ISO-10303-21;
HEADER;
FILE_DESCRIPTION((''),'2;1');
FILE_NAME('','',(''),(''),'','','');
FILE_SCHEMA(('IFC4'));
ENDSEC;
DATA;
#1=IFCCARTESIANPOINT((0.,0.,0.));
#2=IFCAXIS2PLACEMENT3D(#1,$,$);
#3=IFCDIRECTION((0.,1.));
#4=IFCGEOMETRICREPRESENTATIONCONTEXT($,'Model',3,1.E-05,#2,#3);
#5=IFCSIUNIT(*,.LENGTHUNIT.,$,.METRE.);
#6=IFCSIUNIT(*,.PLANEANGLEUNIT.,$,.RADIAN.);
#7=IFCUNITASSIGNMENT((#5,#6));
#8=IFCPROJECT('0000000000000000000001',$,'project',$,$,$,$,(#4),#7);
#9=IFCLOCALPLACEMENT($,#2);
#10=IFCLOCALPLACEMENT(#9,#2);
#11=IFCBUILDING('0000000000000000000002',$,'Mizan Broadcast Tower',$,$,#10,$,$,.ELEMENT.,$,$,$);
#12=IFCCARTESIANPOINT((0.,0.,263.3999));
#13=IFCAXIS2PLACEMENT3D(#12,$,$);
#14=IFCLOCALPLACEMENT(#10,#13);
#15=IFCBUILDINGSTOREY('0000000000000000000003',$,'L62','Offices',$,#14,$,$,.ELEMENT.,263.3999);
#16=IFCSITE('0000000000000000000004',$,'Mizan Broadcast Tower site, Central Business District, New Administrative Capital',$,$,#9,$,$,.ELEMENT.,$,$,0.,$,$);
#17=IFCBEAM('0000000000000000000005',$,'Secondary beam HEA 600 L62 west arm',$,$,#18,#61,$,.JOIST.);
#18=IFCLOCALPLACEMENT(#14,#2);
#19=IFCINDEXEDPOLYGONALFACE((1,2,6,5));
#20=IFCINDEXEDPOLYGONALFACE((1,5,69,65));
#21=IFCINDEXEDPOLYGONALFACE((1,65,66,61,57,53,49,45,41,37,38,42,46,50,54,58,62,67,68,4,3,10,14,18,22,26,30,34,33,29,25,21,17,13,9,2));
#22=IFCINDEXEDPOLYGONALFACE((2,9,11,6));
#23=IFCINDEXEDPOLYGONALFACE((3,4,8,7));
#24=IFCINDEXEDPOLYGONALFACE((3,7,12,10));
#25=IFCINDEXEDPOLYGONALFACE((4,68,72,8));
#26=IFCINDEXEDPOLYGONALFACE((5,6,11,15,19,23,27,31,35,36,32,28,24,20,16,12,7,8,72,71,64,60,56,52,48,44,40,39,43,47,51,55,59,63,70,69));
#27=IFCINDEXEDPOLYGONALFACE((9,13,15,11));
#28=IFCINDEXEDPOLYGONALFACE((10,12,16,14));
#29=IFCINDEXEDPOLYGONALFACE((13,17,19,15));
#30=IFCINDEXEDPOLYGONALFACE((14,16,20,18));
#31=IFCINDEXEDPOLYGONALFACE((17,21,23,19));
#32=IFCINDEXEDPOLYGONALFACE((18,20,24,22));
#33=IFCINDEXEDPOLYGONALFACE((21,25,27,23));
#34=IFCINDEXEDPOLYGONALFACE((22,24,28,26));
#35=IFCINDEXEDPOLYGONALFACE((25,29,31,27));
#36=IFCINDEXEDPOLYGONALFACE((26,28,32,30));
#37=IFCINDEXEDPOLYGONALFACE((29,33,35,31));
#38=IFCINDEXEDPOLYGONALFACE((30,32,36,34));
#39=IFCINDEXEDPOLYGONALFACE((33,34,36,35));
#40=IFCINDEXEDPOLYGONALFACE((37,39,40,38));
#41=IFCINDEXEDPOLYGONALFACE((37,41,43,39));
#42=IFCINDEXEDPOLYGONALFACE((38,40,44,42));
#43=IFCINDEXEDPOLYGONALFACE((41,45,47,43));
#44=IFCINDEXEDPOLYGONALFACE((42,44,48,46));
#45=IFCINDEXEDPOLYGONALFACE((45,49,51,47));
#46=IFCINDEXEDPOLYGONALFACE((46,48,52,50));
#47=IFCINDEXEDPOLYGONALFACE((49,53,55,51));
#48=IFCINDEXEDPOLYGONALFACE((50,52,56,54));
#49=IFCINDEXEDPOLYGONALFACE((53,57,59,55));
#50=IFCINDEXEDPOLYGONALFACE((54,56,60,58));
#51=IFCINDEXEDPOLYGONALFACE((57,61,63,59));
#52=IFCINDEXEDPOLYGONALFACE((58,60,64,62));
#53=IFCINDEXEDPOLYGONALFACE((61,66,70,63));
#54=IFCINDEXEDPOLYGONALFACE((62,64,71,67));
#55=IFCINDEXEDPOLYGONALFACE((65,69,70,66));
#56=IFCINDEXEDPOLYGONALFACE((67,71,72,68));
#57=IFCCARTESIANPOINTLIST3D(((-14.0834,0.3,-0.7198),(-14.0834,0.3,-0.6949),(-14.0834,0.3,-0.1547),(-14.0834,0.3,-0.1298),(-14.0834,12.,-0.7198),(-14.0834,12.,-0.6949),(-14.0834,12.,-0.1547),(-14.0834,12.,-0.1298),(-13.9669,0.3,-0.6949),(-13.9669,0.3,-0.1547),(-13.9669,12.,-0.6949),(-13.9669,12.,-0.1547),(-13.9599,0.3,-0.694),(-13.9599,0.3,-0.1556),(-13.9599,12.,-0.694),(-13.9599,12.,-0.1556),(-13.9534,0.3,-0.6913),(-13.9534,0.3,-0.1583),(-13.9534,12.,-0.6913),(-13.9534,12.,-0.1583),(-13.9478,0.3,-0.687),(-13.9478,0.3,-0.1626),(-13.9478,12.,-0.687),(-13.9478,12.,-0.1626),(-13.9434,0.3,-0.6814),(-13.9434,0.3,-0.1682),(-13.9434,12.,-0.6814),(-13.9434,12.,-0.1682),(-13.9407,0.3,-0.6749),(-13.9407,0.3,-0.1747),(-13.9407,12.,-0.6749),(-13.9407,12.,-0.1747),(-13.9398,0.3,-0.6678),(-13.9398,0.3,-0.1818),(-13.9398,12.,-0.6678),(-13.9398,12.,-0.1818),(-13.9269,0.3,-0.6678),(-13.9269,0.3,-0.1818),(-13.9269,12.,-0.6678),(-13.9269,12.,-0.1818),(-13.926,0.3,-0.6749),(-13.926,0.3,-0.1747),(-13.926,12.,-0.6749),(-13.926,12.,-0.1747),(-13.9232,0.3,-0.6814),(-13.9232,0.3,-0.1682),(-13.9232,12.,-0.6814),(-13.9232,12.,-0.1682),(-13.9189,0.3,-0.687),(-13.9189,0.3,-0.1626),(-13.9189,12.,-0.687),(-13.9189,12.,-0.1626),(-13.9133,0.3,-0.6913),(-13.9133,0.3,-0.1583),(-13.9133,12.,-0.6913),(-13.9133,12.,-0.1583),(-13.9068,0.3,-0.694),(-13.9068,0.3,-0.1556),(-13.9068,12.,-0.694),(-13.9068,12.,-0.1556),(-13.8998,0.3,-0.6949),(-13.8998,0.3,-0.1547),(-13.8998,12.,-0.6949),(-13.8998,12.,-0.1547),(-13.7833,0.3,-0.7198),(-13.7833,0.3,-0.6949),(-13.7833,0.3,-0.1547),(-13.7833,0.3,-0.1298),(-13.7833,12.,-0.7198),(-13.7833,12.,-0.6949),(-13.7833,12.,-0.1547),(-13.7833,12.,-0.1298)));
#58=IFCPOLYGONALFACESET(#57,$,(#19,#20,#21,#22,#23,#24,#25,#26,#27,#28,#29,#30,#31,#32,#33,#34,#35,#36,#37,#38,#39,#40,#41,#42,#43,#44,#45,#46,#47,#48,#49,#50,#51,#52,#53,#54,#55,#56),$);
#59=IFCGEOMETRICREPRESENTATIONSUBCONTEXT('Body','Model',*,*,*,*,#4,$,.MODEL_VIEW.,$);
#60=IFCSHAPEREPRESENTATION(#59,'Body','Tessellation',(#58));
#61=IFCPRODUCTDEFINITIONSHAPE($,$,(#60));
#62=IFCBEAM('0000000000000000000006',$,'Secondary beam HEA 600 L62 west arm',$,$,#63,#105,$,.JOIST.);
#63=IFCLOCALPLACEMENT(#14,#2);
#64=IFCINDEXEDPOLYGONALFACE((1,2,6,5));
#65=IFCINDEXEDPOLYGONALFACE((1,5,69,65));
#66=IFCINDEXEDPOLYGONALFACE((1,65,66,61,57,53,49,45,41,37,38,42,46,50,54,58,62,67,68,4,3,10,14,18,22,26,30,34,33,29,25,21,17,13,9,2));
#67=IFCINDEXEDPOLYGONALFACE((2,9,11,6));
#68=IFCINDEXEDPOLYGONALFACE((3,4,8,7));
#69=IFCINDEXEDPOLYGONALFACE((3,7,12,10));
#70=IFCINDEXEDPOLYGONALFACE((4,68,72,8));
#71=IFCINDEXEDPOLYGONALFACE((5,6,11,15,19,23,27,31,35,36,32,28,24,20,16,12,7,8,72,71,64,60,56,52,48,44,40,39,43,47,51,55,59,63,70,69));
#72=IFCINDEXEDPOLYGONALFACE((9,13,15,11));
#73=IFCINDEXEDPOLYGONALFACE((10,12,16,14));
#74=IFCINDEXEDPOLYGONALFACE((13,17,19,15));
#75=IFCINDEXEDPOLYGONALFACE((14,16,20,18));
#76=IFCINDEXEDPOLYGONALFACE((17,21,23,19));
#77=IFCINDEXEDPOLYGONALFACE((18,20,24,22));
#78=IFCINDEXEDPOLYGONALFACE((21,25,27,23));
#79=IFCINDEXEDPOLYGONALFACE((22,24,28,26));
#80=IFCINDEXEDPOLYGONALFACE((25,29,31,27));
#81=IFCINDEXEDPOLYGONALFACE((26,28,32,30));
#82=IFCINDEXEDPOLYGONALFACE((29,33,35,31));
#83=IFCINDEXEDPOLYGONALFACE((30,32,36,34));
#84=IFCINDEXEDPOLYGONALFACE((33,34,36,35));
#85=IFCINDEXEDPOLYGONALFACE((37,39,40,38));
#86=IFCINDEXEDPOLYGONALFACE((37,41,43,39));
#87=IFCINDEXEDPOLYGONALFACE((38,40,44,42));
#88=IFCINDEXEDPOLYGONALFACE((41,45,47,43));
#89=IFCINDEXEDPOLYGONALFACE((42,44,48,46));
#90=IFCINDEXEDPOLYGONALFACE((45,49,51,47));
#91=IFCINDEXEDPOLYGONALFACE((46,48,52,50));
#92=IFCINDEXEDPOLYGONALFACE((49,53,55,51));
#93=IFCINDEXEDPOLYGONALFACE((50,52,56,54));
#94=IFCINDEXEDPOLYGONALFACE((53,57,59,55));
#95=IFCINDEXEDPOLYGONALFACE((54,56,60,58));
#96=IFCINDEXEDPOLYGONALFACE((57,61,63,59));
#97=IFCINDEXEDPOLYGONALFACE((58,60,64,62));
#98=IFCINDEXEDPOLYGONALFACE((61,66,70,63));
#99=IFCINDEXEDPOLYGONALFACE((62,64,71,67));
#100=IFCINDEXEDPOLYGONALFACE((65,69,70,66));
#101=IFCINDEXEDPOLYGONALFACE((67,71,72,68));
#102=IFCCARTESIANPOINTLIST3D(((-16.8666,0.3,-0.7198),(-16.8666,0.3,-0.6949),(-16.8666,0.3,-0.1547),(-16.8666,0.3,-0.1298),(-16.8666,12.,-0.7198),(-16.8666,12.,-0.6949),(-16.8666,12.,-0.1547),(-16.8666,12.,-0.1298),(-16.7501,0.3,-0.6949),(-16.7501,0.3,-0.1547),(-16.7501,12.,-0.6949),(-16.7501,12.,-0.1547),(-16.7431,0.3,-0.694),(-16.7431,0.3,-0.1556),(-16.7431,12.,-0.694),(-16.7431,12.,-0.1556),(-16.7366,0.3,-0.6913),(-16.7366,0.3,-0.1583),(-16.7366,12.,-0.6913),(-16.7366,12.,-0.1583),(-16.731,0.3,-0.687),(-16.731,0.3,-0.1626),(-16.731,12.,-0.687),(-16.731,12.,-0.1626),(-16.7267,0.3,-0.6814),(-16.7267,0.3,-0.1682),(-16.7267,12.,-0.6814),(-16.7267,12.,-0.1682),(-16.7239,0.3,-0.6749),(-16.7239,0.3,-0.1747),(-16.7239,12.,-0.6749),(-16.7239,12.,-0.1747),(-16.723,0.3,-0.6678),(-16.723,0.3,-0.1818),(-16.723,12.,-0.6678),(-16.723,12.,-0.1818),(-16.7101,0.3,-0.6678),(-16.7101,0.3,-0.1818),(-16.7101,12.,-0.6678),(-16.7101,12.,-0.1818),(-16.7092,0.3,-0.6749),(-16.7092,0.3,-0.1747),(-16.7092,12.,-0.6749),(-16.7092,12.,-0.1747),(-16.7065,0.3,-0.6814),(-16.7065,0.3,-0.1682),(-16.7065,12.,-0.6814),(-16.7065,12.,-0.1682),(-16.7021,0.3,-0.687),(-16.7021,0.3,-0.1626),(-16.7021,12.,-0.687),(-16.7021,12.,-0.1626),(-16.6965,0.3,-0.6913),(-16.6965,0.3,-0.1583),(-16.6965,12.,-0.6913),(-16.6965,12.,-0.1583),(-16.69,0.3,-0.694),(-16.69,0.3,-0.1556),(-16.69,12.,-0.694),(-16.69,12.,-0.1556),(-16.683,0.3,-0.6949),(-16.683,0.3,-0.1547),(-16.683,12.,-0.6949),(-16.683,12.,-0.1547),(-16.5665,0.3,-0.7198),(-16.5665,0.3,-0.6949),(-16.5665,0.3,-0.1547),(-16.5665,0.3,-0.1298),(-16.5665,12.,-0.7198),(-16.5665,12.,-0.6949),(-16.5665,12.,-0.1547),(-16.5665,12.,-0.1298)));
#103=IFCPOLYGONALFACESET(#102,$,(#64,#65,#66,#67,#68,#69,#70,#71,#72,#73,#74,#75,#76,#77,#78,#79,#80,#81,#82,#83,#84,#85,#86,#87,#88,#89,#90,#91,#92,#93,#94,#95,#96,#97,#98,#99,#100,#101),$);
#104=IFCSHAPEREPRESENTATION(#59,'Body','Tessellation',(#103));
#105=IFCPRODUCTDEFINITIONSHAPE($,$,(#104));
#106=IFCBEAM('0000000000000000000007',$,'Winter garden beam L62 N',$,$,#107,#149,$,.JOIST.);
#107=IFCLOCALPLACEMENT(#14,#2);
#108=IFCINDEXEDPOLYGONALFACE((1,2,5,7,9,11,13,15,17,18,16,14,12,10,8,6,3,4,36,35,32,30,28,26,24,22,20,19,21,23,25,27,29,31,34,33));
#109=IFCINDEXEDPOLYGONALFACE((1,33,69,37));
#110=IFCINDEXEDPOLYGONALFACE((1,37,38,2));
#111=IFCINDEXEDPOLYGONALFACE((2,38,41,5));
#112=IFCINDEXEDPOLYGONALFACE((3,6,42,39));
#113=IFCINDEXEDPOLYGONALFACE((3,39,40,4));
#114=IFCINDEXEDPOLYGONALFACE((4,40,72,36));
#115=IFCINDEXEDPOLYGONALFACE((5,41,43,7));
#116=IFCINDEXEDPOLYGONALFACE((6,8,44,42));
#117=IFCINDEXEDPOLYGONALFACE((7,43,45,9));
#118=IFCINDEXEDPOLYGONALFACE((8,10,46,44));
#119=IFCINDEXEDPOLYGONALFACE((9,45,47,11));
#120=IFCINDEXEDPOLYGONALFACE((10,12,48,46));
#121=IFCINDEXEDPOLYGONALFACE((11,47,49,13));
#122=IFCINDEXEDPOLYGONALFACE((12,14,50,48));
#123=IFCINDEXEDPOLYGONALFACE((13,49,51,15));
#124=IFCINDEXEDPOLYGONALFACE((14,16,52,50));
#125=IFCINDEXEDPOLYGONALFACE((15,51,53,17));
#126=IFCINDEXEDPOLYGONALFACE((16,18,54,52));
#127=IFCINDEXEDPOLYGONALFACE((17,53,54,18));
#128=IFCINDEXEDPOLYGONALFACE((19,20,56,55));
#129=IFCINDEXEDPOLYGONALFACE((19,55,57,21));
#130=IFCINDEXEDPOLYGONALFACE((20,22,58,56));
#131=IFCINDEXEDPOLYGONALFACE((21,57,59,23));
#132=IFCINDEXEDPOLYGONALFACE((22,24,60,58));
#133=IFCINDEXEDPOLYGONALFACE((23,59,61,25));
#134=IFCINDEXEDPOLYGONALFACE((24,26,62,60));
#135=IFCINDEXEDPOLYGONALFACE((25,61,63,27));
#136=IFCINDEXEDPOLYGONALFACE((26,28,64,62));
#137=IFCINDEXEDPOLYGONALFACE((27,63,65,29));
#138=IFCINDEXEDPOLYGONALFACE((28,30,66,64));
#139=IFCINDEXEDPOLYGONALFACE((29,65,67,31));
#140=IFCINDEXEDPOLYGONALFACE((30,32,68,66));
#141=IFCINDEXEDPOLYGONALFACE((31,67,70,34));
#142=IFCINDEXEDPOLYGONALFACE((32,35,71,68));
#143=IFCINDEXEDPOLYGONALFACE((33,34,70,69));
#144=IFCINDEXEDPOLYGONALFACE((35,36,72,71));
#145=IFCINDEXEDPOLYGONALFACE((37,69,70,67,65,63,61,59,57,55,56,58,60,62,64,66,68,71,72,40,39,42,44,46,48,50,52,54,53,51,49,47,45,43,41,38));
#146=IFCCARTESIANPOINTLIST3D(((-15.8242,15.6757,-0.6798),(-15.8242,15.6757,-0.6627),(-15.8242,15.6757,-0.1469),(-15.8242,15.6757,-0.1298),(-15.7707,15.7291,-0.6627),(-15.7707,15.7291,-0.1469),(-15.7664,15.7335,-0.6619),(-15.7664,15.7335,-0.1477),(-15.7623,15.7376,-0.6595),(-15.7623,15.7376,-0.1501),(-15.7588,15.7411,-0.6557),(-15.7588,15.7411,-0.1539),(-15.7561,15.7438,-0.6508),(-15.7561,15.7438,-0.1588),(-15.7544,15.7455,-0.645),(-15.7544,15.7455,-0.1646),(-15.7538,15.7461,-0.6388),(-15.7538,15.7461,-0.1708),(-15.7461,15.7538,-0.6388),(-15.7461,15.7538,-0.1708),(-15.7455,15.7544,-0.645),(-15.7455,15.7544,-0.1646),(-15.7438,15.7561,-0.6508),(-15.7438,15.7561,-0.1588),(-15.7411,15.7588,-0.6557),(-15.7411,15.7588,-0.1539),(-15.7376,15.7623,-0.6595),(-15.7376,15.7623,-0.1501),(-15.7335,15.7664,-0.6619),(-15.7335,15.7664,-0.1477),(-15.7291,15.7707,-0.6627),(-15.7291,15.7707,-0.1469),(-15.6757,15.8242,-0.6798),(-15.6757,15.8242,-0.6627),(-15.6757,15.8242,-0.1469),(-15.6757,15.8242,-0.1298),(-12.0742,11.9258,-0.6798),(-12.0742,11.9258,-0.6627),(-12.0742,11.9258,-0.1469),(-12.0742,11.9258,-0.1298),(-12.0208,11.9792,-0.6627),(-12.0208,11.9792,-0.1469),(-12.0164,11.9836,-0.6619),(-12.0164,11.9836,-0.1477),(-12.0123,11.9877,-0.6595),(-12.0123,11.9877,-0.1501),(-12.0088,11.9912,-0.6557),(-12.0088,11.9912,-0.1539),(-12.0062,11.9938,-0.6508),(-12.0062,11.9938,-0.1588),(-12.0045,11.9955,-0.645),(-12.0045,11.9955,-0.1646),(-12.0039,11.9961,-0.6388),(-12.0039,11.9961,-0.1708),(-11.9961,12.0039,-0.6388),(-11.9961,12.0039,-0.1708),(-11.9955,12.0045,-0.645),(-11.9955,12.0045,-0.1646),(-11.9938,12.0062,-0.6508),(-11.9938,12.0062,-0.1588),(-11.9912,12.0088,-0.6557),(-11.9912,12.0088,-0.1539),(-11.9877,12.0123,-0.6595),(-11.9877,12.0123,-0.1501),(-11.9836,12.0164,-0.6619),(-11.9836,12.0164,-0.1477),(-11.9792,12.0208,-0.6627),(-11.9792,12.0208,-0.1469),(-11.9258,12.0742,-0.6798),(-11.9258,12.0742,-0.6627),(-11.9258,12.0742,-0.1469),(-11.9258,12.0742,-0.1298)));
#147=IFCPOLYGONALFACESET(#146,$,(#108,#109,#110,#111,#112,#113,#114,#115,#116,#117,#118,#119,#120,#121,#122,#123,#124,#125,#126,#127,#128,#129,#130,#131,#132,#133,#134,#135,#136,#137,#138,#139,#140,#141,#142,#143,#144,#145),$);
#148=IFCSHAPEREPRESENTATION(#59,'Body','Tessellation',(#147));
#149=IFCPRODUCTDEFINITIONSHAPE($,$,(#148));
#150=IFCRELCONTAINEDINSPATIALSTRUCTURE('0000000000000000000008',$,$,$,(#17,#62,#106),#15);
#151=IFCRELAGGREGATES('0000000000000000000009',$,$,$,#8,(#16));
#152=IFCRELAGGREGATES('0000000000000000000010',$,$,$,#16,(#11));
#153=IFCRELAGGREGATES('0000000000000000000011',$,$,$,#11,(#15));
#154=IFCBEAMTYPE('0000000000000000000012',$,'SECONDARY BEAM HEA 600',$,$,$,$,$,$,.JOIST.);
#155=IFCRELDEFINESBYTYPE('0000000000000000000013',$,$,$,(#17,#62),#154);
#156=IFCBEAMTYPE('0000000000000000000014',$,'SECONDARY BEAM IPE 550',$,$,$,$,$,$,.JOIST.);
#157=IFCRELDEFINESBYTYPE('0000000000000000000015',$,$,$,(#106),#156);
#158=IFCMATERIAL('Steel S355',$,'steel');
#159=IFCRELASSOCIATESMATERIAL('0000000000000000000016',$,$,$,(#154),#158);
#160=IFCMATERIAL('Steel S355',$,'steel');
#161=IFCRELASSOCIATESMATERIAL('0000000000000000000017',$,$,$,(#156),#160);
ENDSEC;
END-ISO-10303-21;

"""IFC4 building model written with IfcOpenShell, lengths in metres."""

from ifc_helpers import new_model, si_unit, direction, frame, origin, origin_2d, place, context, subcontext, project, spatial, i_section, extrude, material, material_profile, profile_set, type_object, element, save


model = new_model("IFC4")

# Units and contexts
model_context = context("Model", 3, precision=1e-05, world=origin(), true_north=direction((0.0, 1.0)))
body_context = subcontext(model_context, "Body", "Model", "MODEL_VIEW")
ifc_project = project(units=[si_unit("LENGTHUNIT", "METRE"), si_unit("PLANEANGLEUNIT", "RADIAN")], contexts=[model_context])

# Site, building, storey
site_placement = place(None, origin())
site = spatial("IfcSite", under=ifc_project, at=site_placement, Name="Mizan Broadcast Tower site, Central Business District, New Administrative Capital", CompositionType="ELEMENT", RefElevation=0.0)
building_placement = place(site_placement, origin())
building = spatial("IfcBuilding", under=site, at=building_placement, Name="Mizan Broadcast Tower", CompositionType="ELEMENT")
storey_placement = place(building_placement, frame((0.0, 0.0, 263.3999)))
storey = spatial("IfcBuildingStorey", under=building, at=storey_placement, Name="L62", Description="Offices", CompositionType="ELEMENT", Elevation=263.3999)

# Beams
ifc_material_1 = material(Name="Steel S355", Category="steel")
ifc_material_profile_1 = material_profile(ifc_material_1, i_section(OverallWidth=0.3, OverallDepth=0.5901, WebThickness=0.0129, FlangeThickness=0.0249, FilletRadius=0.0271, at=origin_2d()), Name="HEA 600")
ifc_profile_set_1 = profile_set([ifc_material_profile_1], Name="Steel S355")
beam_type_1 = type_object("IfcBeamType", Name="SECONDARY BEAM HEA 600", PredefinedType="JOIST", material=ifc_profile_set_1)
for number, where, z_axis, x_axis, name in (
    (1, (-13.9333, 12.0, -0.4248), (0.0, -1.0, 0.0), (1.0, 0.0, 0.0), "Secondary beam HEA 600 L62 west arm"),
    (2, (-16.7166, 12.0, -0.4248), (0.0, -1.0, 0.0), (1.0, 0.0, 0.0), "Secondary beam HEA 600 L62 west arm"),
):
    element("IfcBeam", number, at=place(storey_placement, frame(where, z_axis=z_axis, x_axis=x_axis)), inside=storey, type_object=beam_type_1, Name=name, PredefinedType="JOIST", context=body_context, shape_type="SweptSolid", body=[
        extrude(i_section(OverallWidth=0.3, OverallDepth=0.5901, WebThickness=0.0129, FlangeThickness=0.0249, FilletRadius=0.0271, at=origin_2d()), origin(), (0.0, 0.0, 1.0), 11.7),
    ])
ifc_material_2 = material(Name="Steel S355", Category="steel")
ifc_material_profile_2 = material_profile(ifc_material_2, i_section(OverallWidth=0.21, OverallDepth=0.55, WebThickness=0.011, FlangeThickness=0.0171, FilletRadius=0.0239, at=origin_2d()), Name="IPE 550")
ifc_profile_set_2 = profile_set([ifc_material_profile_2], Name="Steel S355")
beam_type_2 = type_object("IfcBeamType", Name="SECONDARY BEAM IPE 550", PredefinedType="JOIST", material=ifc_profile_set_2)
beam_1_placement = place(storey_placement, frame((-12.0, 12.0, -0.4048), z_axis=(-0.707107, 0.707107, 0.0), x_axis=(-0.707107, -0.707107, 0.0)))
element("IfcBeam", 3, at=beam_1_placement, inside=storey, type_object=beam_type_2, Name="Winter garden beam L62 N", PredefinedType="JOIST", context=body_context, shape_type="SweptSolid", body=[
    extrude(i_section(OverallWidth=0.21, OverallDepth=0.55, WebThickness=0.011, FlangeThickness=0.0171, FilletRadius=0.0239, at=origin_2d()), origin(), (0.0, 0.0, 1.0), 5.3032),
])

save(model, "model.ifc")
